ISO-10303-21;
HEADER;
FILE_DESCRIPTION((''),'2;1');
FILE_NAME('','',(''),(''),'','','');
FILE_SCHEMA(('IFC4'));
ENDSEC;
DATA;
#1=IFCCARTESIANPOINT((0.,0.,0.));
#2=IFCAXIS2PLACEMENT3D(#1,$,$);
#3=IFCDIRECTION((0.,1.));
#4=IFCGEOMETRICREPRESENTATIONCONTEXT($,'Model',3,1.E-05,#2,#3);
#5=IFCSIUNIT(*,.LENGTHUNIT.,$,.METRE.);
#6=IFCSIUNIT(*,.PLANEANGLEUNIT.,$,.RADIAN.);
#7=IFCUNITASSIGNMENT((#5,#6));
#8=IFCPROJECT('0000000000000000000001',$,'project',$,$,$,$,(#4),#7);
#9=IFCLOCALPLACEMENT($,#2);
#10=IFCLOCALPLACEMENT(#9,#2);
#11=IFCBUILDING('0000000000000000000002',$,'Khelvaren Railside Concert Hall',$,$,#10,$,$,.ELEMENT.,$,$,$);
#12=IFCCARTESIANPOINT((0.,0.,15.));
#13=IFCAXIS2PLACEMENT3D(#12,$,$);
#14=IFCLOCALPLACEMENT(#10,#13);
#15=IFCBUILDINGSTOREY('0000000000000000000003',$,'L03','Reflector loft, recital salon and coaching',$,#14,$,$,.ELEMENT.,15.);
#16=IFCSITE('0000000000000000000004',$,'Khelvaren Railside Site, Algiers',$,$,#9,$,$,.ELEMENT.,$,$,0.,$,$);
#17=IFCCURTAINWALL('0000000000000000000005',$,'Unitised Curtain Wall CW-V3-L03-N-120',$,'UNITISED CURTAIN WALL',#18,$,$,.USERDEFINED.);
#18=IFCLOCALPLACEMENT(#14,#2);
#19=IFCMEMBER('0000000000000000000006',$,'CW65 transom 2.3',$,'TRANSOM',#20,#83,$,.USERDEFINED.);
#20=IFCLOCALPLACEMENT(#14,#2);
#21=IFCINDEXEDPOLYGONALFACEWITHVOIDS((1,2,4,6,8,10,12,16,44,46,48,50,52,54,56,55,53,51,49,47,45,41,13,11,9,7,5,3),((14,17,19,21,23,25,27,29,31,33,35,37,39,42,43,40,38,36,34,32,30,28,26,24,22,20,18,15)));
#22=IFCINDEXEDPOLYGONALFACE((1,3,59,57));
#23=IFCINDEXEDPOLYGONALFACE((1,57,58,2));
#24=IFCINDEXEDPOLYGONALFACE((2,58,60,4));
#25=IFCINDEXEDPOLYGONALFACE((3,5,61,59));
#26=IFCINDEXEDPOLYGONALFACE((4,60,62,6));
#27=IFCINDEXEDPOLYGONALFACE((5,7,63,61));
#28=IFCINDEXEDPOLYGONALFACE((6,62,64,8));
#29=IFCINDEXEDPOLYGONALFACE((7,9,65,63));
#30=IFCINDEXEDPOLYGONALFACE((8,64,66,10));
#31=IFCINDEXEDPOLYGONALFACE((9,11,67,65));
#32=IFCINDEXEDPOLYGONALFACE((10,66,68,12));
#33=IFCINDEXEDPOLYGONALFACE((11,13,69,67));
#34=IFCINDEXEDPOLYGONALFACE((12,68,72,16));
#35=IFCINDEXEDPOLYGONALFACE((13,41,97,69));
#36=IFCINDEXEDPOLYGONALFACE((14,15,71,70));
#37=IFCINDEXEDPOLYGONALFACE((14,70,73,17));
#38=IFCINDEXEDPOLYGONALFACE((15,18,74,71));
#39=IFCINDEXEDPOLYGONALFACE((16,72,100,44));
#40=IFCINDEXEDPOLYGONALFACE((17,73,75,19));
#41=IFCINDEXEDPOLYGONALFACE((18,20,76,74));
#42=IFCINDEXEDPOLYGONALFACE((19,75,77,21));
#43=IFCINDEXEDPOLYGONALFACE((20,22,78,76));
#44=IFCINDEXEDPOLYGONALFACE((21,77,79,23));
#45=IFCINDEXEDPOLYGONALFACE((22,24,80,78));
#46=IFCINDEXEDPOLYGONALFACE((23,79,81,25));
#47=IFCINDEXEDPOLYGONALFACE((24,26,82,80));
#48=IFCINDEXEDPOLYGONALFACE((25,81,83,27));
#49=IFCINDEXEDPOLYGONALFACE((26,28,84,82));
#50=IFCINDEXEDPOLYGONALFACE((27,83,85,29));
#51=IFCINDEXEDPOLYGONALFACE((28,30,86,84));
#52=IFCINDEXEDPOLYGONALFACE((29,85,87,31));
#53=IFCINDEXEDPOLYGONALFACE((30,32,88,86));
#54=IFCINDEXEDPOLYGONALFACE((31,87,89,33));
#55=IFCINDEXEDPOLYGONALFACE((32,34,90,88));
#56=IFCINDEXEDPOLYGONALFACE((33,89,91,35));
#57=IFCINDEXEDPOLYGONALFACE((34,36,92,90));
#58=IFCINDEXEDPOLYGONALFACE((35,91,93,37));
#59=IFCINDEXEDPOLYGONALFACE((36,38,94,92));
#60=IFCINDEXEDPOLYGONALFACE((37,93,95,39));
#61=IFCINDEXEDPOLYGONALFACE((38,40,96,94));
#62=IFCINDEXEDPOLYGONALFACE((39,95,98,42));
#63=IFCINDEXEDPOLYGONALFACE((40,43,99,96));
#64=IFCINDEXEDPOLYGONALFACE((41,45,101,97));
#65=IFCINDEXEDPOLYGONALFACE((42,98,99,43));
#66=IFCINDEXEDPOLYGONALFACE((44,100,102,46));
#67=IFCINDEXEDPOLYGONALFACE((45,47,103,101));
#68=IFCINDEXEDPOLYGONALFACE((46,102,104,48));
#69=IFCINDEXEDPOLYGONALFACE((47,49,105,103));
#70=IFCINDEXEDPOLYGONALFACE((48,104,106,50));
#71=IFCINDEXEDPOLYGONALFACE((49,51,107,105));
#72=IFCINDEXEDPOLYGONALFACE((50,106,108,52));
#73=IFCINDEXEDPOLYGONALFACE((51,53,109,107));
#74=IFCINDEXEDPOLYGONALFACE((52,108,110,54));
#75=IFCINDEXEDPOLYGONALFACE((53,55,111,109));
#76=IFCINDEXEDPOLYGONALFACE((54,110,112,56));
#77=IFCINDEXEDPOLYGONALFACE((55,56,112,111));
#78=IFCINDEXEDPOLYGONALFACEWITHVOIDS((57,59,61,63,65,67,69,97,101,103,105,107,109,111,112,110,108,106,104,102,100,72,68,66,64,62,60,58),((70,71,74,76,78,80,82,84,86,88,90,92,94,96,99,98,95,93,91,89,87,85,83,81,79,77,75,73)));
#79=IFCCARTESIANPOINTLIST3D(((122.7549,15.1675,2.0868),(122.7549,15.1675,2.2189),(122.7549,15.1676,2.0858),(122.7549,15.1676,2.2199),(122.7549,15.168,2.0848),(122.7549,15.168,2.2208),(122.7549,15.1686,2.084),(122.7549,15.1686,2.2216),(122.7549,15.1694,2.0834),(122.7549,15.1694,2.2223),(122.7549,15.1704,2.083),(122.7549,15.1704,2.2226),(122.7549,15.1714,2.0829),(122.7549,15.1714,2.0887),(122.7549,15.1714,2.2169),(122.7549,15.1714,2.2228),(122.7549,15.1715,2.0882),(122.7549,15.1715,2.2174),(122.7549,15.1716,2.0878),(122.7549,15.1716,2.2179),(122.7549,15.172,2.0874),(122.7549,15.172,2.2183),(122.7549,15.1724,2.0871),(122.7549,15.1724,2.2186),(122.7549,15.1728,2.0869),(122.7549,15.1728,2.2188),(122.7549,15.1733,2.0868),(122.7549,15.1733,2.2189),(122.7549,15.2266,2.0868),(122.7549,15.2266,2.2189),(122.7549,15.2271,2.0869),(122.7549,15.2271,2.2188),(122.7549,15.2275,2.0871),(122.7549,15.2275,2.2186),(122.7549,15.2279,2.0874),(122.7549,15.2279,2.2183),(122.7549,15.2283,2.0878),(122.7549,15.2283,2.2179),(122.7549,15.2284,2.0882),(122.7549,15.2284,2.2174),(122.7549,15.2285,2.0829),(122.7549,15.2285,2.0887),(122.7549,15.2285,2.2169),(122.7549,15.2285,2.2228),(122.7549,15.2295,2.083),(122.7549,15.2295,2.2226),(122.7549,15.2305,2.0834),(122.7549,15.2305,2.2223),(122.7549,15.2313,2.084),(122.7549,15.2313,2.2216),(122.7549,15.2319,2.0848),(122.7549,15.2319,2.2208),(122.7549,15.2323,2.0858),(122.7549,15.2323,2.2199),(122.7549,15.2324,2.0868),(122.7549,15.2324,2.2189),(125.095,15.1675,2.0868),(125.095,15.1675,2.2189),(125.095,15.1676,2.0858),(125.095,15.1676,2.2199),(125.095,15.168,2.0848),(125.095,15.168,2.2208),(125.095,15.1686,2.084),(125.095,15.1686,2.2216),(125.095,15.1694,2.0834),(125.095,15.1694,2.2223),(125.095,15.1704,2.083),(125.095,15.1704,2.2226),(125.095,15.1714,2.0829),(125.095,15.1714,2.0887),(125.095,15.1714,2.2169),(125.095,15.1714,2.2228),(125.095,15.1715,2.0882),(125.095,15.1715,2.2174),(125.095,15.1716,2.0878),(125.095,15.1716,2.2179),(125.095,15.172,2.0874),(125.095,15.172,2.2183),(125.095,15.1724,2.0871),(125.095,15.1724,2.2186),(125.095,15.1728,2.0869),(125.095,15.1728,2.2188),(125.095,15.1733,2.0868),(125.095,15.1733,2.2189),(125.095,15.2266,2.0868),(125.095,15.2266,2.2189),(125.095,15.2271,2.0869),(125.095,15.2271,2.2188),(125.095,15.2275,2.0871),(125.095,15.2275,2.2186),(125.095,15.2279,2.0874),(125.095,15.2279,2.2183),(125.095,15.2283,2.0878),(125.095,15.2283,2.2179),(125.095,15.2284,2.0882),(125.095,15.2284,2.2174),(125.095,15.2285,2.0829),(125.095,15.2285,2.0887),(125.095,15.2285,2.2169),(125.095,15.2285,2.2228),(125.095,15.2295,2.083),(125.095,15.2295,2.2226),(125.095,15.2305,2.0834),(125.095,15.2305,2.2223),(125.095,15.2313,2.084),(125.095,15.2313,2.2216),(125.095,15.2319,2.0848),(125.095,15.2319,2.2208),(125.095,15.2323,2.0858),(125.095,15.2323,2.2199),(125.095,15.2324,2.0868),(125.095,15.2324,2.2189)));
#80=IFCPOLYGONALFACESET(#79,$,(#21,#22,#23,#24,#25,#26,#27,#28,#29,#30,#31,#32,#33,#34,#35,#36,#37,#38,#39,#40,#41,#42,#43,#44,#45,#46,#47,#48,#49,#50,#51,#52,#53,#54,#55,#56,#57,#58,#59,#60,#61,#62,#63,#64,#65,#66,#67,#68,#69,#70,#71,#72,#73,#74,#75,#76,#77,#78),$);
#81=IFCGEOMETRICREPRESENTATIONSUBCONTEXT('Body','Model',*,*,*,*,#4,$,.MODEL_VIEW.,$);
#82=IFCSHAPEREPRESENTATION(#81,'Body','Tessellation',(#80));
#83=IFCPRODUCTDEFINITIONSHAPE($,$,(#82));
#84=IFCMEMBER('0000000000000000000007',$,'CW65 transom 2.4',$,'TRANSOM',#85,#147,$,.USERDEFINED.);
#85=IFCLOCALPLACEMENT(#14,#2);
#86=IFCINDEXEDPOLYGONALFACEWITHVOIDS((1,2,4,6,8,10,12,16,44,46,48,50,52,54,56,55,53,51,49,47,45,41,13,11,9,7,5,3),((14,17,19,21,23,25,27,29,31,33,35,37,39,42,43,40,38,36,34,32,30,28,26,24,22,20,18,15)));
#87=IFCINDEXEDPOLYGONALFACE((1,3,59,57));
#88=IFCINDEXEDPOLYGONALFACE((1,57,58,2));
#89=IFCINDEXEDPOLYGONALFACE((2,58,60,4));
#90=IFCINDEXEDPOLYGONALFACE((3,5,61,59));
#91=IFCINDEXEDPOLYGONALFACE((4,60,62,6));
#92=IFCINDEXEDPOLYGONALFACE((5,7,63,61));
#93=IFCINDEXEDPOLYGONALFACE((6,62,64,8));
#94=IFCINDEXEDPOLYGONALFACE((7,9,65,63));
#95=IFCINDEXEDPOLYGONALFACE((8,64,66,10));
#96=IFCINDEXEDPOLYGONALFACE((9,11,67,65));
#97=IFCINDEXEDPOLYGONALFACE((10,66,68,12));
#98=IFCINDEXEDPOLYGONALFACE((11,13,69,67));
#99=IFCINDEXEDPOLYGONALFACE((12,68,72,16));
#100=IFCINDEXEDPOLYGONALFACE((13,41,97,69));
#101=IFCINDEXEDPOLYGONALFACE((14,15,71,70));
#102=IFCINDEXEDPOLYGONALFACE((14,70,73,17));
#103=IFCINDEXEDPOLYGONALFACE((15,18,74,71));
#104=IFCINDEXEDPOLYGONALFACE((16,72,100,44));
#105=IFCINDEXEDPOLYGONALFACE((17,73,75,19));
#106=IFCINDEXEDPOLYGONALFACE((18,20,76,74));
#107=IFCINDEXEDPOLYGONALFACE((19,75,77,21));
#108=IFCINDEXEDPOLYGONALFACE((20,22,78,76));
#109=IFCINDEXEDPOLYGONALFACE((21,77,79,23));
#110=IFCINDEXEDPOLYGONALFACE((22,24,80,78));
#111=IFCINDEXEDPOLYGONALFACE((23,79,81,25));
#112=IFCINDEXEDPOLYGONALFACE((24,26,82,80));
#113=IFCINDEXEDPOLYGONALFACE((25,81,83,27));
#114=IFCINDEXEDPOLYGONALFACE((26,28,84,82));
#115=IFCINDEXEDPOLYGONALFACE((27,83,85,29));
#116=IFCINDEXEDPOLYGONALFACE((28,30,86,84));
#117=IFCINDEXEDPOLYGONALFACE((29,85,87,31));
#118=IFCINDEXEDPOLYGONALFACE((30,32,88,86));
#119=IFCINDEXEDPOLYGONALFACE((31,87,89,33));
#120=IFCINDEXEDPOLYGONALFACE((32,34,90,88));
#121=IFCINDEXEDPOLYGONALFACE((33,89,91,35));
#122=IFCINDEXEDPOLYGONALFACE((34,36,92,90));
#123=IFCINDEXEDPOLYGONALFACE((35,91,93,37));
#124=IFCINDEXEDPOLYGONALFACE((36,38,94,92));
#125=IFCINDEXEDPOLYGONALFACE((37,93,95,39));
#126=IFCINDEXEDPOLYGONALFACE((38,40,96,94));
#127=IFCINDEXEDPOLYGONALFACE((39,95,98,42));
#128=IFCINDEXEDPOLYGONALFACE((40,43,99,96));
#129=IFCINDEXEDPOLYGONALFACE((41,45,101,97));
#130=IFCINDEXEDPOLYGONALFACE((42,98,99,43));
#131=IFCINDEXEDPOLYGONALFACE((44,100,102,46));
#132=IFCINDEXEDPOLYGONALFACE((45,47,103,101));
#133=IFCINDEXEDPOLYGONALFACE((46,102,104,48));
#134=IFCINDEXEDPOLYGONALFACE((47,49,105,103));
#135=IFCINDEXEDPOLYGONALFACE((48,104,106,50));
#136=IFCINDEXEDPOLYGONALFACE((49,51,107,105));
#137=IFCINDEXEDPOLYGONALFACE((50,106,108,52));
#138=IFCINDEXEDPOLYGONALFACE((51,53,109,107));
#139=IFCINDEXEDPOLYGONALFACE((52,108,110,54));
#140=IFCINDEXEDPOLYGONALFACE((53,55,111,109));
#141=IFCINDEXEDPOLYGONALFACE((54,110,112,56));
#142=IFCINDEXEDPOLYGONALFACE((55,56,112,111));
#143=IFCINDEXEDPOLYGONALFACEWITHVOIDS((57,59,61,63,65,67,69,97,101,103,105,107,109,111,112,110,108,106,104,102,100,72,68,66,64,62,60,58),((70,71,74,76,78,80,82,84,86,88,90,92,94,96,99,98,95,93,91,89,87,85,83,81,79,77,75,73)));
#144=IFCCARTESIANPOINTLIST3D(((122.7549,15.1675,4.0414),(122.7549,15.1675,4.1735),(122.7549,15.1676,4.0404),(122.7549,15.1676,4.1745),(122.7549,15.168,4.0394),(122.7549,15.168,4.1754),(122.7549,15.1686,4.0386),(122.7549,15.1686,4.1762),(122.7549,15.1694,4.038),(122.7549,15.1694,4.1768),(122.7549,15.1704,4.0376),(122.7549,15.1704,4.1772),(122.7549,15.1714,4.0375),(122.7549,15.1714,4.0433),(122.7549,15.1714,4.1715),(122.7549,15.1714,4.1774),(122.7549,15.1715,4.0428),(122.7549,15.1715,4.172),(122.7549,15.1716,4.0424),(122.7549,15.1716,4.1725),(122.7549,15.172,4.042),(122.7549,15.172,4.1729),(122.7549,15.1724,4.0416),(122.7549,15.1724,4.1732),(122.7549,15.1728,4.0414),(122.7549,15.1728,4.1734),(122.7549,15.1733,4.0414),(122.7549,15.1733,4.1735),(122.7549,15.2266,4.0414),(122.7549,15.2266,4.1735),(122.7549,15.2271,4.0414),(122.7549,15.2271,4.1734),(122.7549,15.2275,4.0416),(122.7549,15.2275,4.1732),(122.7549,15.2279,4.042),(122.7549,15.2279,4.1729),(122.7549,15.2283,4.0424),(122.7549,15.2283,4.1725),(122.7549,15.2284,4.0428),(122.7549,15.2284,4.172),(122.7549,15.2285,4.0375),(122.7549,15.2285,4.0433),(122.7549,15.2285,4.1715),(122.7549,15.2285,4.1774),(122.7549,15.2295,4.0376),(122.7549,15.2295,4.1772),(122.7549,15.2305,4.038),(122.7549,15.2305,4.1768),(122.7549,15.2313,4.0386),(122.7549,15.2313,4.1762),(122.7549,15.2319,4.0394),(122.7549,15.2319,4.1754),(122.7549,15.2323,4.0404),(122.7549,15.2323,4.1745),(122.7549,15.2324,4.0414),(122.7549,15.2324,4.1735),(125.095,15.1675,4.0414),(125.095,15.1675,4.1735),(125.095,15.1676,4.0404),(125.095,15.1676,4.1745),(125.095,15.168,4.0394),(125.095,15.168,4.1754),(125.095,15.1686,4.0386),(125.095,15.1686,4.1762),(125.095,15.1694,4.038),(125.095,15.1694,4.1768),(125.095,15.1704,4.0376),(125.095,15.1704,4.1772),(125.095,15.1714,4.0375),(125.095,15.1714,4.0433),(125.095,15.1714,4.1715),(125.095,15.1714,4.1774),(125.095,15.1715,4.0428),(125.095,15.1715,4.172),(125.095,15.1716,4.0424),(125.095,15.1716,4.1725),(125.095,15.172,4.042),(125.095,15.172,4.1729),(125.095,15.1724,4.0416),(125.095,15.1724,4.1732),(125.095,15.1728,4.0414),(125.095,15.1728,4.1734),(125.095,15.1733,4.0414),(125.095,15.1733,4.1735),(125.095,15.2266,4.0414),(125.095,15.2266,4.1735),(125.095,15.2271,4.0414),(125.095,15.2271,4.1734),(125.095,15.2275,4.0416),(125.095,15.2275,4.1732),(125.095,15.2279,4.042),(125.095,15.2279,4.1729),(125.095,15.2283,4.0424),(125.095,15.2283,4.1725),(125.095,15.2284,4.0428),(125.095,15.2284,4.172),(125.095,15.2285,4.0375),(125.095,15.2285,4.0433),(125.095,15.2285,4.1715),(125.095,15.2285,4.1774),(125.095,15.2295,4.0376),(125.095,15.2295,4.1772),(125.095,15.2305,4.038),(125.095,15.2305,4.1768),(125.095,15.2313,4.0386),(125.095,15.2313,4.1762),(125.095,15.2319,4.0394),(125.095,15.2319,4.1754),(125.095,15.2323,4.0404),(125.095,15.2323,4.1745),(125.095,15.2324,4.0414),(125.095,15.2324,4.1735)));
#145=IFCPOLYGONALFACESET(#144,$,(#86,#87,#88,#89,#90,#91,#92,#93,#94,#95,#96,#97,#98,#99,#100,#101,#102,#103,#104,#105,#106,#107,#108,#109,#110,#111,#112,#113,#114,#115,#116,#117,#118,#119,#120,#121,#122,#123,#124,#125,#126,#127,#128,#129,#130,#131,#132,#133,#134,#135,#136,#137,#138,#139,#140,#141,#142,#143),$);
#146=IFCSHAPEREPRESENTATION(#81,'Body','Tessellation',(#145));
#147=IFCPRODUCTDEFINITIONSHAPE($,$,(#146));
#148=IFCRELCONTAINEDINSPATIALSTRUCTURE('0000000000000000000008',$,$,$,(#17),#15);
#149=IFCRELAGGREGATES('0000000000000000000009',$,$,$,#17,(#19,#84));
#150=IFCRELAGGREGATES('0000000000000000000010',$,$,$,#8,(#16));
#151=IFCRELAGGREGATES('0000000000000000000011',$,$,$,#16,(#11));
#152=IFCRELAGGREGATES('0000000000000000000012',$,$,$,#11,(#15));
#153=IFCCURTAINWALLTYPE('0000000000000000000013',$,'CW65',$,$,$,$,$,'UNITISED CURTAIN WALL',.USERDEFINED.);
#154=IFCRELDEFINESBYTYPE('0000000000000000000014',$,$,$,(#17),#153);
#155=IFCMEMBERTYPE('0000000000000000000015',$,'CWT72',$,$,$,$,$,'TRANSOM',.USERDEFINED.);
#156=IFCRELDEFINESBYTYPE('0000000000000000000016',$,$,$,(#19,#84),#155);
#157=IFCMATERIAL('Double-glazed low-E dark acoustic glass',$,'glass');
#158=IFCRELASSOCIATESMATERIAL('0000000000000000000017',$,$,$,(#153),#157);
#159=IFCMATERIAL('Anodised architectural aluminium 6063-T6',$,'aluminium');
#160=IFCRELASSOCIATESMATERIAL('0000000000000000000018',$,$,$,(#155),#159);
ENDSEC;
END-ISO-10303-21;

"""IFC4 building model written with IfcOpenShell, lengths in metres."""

from ifc_helpers import new_model, si_unit, direction, frame, origin, origin_2d, place, context, subcontext, project, spatial, hollow_rectangle, extrude, material, material_profile, profile_set, type_object, element, aggregate, save


model = new_model("IFC4")

# Units and contexts
model_context = context("Model", 3, precision=1e-05, world=origin(), true_north=direction((0.0, 1.0)))
body_context = subcontext(model_context, "Body", "Model", "MODEL_VIEW")
ifc_project = project(units=[si_unit("LENGTHUNIT", "METRE"), si_unit("PLANEANGLEUNIT", "RADIAN")], contexts=[model_context])

# Site, building, storey
site_placement = place(None, origin())
site = spatial("IfcSite", under=ifc_project, at=site_placement, Name="Khelvaren Railside Site, Algiers", CompositionType="ELEMENT", RefElevation=0.0)
building_placement = place(site_placement, origin())
building = spatial("IfcBuilding", under=site, at=building_placement, Name="Khelvaren Railside Concert Hall", CompositionType="ELEMENT")
storey_placement = place(building_placement, frame((0.0, 0.0, 15.0)))
storey = spatial("IfcBuildingStorey", under=building, at=storey_placement, Name="L03", Description="Reflector loft, recital salon and coaching", CompositionType="ELEMENT", Elevation=15.0)

# Shared definitions
ifc_material_1 = material(Name="Double-glazed low-E dark acoustic glass", Category="glass")
ifc_material_2 = material(Name="Anodised architectural aluminium 6063-T6", Category="aluminium")

# Curtain wall
curtain_wall_type_1 = type_object("IfcCurtainWallType", Name="CW65", ElementType="UNITISED CURTAIN WALL", PredefinedType="USERDEFINED", material=ifc_material_1)
curtain_wall_1_placement = place(storey_placement, origin())
curtain_wall_1 = element("IfcCurtainWall", 1, at=curtain_wall_1_placement, inside=storey, type_object=curtain_wall_type_1, Name="Unitised Curtain Wall CW-V3-L03-N-120", ObjectType="UNITISED CURTAIN WALL", PredefinedType="USERDEFINED")

# Members
ifc_material_profile_1 = material_profile(ifc_material_2, hollow_rectangle(XDim=0.0649, YDim=0.1399, WallThickness=0.0039, InnerFilletRadius=0.002, OuterFilletRadius=0.0039, at=origin_2d()), Name="CWT 65x140x4")
ifc_profile_set_1 = profile_set([ifc_material_profile_1], Name="Anodised architectural aluminium 6063-T6")
member_type_1 = type_object("IfcMemberType", Name="CWT72", ElementType="TRANSOM", PredefinedType="USERDEFINED", material=ifc_profile_set_1)
member_1_placement = place(storey_placement, frame((122.7549, 15.2, 2.1528), z_axis=(1.0, 0.0, 0.0), x_axis=(0.0, 1.0, 0.0)))
member_1 = element("IfcMember", 2, at=member_1_placement, type_object=member_type_1, Name="CW65 transom 2.3", ObjectType="TRANSOM", PredefinedType="USERDEFINED", context=body_context, shape_type="SweptSolid", body=[
    extrude(hollow_rectangle(XDim=0.0649, YDim=0.1399, WallThickness=0.0039, InnerFilletRadius=0.002, OuterFilletRadius=0.0039, at=origin_2d()), origin(), (0.0, 0.0, 1.0), 2.3401),
])
member_2_placement = place(storey_placement, frame((122.7549, 15.2, 4.1074), z_axis=(1.0, 0.0, 0.0), x_axis=(0.0, 1.0, 0.0)))
member_2 = element("IfcMember", 3, at=member_2_placement, type_object=member_type_1, Name="CW65 transom 2.4", ObjectType="TRANSOM", PredefinedType="USERDEFINED", context=body_context, shape_type="SweptSolid", body=[
    extrude(hollow_rectangle(XDim=0.0649, YDim=0.1399, WallThickness=0.0039, InnerFilletRadius=0.002, OuterFilletRadius=0.0039, at=origin_2d()), origin(), (0.0, 0.0, 1.0), 2.3401),
])

aggregate(curtain_wall_1, [member_1, member_2])

save(model, "model.ifc")
